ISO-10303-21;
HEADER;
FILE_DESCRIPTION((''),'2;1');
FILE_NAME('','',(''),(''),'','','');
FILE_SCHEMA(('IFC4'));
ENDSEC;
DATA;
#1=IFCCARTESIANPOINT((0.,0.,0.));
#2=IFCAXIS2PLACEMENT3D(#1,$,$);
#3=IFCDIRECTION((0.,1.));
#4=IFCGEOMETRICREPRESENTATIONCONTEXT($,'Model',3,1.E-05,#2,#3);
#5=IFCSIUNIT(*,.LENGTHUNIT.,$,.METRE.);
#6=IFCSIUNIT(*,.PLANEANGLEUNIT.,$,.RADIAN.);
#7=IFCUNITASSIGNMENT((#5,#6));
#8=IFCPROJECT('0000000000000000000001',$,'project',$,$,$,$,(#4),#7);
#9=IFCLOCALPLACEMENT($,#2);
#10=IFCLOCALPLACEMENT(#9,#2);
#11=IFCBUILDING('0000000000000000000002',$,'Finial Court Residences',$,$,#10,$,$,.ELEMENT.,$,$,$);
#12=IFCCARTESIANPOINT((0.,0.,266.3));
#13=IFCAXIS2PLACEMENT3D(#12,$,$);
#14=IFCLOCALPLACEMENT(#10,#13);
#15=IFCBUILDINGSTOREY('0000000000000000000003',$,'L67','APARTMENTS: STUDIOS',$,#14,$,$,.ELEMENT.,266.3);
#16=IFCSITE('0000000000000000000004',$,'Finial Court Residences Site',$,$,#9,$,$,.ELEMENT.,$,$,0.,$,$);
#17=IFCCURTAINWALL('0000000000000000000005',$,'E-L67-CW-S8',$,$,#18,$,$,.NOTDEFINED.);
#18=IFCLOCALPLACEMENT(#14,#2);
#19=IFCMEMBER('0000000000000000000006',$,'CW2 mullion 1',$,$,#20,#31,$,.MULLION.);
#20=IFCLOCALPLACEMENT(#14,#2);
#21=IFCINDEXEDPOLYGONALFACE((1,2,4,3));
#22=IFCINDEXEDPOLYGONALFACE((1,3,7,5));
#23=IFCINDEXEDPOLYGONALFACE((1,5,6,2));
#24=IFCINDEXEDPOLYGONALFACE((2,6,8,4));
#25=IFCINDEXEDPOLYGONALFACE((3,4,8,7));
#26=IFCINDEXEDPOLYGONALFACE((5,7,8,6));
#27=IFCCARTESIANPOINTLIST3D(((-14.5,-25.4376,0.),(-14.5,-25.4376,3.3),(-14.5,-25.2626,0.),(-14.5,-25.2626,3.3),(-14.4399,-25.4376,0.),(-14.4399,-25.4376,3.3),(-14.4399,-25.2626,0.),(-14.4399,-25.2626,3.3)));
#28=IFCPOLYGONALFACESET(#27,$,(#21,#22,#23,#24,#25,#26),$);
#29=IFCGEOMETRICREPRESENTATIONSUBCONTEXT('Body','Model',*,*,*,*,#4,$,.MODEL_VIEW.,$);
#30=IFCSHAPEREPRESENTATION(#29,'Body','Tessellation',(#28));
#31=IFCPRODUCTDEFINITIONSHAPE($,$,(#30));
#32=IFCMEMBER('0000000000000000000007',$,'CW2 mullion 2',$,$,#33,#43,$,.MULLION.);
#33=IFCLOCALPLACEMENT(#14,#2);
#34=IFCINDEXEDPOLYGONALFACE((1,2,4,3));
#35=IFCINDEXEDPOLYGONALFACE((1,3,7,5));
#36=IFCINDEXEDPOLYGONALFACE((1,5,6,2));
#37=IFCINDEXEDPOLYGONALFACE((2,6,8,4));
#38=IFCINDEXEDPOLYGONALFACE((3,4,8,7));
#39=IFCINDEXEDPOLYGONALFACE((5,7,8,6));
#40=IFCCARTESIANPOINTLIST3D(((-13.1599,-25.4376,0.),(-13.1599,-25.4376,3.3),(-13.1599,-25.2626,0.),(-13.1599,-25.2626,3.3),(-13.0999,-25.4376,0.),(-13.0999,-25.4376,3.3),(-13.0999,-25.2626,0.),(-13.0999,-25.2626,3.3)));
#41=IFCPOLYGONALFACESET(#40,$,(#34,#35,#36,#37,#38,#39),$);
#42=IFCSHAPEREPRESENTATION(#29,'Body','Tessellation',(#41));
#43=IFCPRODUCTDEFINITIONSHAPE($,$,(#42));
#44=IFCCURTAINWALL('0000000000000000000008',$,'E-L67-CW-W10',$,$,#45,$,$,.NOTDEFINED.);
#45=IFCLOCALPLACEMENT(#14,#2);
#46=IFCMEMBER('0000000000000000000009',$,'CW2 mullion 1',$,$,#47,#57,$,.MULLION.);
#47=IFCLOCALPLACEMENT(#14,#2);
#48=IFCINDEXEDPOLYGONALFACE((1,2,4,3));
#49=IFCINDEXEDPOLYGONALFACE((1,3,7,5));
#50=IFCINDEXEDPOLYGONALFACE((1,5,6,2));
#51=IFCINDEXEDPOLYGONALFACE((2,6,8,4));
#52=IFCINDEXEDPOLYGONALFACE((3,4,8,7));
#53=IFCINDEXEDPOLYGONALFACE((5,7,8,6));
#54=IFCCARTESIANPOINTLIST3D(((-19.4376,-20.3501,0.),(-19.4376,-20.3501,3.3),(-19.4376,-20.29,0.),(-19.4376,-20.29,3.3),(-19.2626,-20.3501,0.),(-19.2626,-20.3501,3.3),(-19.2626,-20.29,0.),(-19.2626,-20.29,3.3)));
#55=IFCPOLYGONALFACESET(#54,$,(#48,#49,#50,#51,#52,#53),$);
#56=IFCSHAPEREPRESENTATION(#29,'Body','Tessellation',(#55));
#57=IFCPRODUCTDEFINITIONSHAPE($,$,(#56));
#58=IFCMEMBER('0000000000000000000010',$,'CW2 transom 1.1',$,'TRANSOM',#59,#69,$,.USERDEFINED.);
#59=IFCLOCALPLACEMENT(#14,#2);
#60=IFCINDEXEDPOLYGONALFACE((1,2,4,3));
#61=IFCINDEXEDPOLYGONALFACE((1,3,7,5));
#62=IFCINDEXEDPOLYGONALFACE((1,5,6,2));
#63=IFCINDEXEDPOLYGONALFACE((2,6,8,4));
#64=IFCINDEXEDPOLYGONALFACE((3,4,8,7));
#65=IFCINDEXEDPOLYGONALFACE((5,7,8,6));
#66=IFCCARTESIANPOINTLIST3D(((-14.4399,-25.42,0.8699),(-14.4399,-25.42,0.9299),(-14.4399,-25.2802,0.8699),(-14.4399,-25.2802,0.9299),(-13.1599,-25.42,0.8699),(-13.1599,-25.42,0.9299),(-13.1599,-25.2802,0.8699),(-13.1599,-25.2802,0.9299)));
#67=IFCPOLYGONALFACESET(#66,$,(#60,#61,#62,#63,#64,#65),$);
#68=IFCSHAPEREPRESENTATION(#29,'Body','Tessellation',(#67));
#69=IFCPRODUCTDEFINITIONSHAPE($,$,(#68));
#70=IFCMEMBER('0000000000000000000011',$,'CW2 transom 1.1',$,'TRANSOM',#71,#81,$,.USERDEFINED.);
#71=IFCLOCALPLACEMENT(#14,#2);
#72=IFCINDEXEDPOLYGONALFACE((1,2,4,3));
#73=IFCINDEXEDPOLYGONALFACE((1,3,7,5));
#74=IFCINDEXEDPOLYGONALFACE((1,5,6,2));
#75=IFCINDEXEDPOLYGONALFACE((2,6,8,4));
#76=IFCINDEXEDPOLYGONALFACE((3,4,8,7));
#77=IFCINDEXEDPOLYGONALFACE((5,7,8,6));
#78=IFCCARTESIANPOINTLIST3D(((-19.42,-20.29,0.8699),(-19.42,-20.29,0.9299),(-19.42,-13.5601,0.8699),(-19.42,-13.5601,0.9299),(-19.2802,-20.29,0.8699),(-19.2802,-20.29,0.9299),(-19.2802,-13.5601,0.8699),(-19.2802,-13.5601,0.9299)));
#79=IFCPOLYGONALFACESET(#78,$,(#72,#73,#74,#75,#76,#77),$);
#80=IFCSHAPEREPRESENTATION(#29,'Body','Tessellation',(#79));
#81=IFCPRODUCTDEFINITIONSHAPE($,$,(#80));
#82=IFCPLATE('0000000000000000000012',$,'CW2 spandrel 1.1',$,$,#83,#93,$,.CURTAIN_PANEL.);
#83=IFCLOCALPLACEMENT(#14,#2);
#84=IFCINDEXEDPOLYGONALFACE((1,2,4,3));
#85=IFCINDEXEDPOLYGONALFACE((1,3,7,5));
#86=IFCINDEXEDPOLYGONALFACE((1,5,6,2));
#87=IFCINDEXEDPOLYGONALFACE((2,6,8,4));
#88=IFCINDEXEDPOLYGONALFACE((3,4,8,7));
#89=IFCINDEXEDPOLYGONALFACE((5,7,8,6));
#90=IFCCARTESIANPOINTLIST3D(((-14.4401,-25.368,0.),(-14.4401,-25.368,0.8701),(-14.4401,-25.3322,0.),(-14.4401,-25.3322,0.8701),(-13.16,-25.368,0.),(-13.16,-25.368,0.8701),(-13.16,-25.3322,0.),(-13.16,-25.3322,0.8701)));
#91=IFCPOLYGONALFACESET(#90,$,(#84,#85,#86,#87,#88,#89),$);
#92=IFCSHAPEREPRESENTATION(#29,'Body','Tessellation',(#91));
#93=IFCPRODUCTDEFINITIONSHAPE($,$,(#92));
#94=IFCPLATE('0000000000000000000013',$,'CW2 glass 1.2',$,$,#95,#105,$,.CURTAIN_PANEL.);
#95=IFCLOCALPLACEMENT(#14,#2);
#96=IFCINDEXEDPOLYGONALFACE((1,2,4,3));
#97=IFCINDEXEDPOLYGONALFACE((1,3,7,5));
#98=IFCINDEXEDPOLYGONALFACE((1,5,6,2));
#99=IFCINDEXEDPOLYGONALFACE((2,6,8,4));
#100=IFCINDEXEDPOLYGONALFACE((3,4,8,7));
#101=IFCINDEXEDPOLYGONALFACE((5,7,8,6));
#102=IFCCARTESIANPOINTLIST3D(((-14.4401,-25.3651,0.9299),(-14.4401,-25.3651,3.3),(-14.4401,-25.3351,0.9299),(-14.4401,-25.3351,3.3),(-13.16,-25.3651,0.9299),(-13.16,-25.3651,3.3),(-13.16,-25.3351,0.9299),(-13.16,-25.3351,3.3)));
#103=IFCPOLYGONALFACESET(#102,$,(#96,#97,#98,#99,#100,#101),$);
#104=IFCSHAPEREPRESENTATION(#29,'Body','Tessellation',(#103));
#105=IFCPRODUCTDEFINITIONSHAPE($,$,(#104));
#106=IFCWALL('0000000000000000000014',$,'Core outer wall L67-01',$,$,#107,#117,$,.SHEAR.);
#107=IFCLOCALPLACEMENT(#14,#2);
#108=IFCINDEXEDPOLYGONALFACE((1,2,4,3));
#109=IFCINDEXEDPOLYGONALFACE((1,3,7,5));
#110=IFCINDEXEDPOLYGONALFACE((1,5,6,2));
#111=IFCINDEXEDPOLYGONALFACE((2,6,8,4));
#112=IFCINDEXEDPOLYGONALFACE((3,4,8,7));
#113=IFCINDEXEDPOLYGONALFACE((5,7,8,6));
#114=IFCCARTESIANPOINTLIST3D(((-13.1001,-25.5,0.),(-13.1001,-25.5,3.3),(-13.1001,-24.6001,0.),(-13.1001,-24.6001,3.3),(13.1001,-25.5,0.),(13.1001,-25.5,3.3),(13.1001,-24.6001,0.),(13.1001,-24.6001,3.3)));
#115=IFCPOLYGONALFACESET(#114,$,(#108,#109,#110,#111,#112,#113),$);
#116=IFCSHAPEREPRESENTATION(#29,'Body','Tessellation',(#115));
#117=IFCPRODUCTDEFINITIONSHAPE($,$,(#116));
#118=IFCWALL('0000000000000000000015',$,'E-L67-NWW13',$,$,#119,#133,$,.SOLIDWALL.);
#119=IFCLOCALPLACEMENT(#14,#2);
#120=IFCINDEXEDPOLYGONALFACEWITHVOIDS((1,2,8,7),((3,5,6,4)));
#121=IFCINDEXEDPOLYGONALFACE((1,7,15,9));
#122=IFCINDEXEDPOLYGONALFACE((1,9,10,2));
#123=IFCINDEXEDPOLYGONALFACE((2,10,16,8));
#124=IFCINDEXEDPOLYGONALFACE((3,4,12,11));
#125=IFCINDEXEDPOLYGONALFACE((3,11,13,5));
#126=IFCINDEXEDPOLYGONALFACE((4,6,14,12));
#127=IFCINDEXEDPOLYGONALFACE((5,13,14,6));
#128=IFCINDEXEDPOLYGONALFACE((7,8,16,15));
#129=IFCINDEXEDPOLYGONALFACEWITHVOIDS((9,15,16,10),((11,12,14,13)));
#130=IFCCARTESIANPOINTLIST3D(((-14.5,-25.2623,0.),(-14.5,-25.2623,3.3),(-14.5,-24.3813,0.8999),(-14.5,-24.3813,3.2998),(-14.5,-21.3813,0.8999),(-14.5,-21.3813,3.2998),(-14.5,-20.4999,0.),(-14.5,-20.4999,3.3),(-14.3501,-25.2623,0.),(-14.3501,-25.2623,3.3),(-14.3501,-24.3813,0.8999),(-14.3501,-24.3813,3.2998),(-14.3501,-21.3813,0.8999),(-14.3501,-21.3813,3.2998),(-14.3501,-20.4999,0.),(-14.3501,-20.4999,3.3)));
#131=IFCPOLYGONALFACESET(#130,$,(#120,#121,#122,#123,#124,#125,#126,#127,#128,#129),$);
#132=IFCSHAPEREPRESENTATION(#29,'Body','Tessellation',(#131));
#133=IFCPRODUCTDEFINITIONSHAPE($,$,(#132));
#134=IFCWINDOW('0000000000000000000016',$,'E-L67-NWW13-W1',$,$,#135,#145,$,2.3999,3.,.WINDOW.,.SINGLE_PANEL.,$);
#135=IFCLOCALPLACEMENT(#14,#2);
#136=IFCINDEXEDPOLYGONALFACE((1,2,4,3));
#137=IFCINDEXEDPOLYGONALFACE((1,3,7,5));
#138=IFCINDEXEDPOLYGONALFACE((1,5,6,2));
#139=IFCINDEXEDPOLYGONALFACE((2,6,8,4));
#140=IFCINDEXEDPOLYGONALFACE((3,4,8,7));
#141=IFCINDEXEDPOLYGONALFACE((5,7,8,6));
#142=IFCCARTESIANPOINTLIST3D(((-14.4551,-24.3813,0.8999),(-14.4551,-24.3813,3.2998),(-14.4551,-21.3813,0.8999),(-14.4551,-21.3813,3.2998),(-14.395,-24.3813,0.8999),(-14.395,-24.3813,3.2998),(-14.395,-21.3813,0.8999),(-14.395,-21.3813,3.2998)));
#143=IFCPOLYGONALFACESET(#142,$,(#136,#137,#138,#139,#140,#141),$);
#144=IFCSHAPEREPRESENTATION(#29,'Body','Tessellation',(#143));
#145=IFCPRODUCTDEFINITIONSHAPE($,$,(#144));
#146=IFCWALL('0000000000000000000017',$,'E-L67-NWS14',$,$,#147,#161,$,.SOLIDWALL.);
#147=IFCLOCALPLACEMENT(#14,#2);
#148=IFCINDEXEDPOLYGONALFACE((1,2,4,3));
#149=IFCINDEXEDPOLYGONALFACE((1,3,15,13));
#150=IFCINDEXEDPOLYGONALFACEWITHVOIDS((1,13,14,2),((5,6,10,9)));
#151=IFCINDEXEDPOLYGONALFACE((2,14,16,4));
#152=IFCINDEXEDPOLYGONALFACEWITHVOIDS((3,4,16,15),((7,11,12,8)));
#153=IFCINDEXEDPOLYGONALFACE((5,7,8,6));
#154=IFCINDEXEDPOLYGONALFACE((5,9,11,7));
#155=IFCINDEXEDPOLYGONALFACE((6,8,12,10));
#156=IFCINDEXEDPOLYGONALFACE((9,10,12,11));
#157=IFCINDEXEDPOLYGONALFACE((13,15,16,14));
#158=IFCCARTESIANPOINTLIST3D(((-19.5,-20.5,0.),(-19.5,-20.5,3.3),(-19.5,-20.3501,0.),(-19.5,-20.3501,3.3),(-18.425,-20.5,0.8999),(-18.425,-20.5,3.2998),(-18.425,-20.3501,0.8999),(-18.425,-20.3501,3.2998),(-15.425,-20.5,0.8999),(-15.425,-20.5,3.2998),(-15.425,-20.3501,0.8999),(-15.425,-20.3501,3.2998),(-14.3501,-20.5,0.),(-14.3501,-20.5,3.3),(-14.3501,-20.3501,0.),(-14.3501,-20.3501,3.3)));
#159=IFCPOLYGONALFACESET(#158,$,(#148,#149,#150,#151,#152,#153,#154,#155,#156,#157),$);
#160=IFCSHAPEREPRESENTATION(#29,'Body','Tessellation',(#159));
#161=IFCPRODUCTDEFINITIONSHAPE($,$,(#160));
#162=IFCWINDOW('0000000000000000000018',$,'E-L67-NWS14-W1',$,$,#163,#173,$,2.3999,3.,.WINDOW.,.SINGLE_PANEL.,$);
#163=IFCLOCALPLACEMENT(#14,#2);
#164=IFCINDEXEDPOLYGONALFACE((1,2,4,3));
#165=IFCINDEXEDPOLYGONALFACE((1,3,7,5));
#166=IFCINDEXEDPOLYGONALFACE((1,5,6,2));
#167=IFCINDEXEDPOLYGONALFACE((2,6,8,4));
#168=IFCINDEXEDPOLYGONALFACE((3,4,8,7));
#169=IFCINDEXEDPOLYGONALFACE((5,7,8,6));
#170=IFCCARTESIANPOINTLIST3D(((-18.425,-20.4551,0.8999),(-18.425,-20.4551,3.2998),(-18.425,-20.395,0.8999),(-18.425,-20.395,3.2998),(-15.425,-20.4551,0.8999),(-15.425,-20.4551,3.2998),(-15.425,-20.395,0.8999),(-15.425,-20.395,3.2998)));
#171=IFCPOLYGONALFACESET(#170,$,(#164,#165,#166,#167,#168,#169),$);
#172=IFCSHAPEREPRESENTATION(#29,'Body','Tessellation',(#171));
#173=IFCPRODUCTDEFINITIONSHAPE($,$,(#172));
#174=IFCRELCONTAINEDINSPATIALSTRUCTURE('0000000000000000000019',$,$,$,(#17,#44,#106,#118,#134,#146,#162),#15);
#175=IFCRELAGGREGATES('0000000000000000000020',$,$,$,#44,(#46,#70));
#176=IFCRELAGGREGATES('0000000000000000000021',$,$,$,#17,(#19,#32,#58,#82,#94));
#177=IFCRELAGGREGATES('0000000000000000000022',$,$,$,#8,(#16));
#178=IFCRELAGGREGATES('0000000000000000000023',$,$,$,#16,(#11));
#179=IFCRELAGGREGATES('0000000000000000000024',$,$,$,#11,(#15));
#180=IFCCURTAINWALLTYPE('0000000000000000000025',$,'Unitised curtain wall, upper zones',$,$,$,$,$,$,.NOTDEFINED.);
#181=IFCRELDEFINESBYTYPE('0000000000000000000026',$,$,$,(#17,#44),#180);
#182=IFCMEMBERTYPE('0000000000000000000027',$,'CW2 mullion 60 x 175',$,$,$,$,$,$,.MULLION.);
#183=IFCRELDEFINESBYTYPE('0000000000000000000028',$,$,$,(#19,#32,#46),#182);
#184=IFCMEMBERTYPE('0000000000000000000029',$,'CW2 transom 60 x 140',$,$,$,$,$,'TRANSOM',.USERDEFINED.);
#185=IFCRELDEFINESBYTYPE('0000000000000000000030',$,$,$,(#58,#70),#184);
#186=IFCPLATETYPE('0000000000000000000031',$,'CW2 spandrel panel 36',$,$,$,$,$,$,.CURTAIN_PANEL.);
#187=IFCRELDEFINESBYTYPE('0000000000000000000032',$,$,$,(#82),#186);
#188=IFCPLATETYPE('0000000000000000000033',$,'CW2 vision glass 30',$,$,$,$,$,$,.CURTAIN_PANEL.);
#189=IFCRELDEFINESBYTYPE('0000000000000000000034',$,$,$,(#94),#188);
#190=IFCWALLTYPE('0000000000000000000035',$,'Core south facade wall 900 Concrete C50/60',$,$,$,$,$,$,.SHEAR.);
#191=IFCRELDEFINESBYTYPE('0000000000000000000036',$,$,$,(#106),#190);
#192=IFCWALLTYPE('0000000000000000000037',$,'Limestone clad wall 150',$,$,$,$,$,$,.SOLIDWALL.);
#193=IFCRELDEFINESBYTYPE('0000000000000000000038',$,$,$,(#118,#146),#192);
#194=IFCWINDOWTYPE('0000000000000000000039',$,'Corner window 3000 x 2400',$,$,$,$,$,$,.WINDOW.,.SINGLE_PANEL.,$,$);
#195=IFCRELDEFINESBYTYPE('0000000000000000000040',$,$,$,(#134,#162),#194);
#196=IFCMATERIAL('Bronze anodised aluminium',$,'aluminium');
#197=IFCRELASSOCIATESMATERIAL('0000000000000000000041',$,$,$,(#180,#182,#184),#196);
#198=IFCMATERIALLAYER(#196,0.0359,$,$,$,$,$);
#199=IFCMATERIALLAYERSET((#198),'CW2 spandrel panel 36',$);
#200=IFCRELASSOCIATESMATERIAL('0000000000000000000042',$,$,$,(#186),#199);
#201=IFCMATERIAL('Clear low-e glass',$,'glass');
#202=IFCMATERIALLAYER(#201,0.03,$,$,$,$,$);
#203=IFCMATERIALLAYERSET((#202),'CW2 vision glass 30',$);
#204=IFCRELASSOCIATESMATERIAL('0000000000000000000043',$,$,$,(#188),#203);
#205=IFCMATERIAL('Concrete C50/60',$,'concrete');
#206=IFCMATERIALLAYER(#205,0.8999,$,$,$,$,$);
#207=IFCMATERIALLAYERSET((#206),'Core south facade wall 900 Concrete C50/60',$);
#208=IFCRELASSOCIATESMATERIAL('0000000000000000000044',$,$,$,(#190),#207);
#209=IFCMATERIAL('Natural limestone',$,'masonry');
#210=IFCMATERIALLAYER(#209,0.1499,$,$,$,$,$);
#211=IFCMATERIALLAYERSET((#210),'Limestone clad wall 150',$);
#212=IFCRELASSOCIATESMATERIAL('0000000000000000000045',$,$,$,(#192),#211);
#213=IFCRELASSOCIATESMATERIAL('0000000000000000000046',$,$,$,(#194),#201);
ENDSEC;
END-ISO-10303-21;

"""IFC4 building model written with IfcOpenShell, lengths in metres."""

from ifc_helpers import new_model, si_unit, direction, frame, frame_2d, origin, origin_2d, place, context, subcontext, project, spatial, rectangle, extrude, material, layer, layer_set, material_profile, profile_set, type_object, element, fill, aggregate, save


model = new_model("IFC4")

# Units and contexts
model_context = context("Model", 3, precision=1e-05, world=origin(), true_north=direction((0.0, 1.0)))
body_context = subcontext(model_context, "Body", "Model", "MODEL_VIEW")
ifc_project = project(units=[si_unit("LENGTHUNIT", "METRE"), si_unit("PLANEANGLEUNIT", "RADIAN")], contexts=[model_context])

# Site, building, storey
site_placement = place(None, origin())
site = spatial("IfcSite", under=ifc_project, at=site_placement, Name="Finial Court Residences Site", CompositionType="ELEMENT", RefElevation=0.0)
building_placement = place(site_placement, origin())
building = spatial("IfcBuilding", under=site, at=building_placement, Name="Finial Court Residences", CompositionType="ELEMENT")
storey_placement = place(building_placement, frame((0.0, 0.0, 266.3)))
storey = spatial("IfcBuildingStorey", under=building, at=storey_placement, Name="L67", Description="APARTMENTS: STUDIOS", CompositionType="ELEMENT", Elevation=266.3)

# Curtain wall, members
ifc_material_1 = material(Name="Bronze anodised aluminium", Category="aluminium")
curtain_wall_type = type_object("IfcCurtainWallType", Name="Unitised curtain wall, upper zones", PredefinedType="NOTDEFINED", material=ifc_material_1)
curtain_wall_1_placement = place(storey_placement, origin())
curtain_wall_1 = element("IfcCurtainWall", 1, at=curtain_wall_1_placement, inside=storey, type_object=curtain_wall_type, Name="E-L67-CW-S8", PredefinedType="NOTDEFINED")
ifc_material_profile_1 = material_profile(ifc_material_1, rectangle(XDim=0.175, YDim=0.0601, at=origin_2d()), Name="CW2 mullion 60 x 175")
ifc_profile_set_1 = profile_set([ifc_material_profile_1], Name="Bronze anodised aluminium")
member_type_1 = type_object("IfcMemberType", Name="CW2 mullion 60 x 175", PredefinedType="MULLION", material=ifc_profile_set_1)
member_1_placement = place(storey_placement, frame((-14.47, -25.3501, 0.0), z_axis=(0.0, 0.0, 1.0), x_axis=(0.0, 1.0, 0.0)))
member_1 = element("IfcMember", 2, at=member_1_placement, type_object=member_type_1, Name="CW2 mullion 1", PredefinedType="MULLION", context=body_context, shape_type="SweptSolid", body=[
    extrude(rectangle(XDim=0.175, YDim=0.0601, at=origin_2d()), origin(), (0.0, 0.0, 1.0), 3.3),
])
member_2_placement = place(storey_placement, frame((-13.1299, -25.3501, 0.0), z_axis=(0.0, 0.0, 1.0), x_axis=(0.0, 1.0, 0.0)))
member_2 = element("IfcMember", 3, at=member_2_placement, type_object=member_type_1, Name="CW2 mullion 2", PredefinedType="MULLION", context=body_context, shape_type="SweptSolid", body=[
    extrude(rectangle(XDim=0.175, YDim=0.0601, at=origin_2d()), origin(), (0.0, 0.0, 1.0), 3.3),
])

# Curtain wall, member
curtain_wall_2_placement = place(storey_placement, origin())
curtain_wall_2 = element("IfcCurtainWall", 4, at=curtain_wall_2_placement, inside=storey, type_object=curtain_wall_type, Name="E-L67-CW-W10", PredefinedType="NOTDEFINED")
member_3_placement = place(storey_placement, frame((-19.3501, -20.3201, 0.0), z_axis=(0.0, 0.0, 1.0), x_axis=(-1.0, 0.0, 0.0)))
member_3 = element("IfcMember", 5, at=member_3_placement, type_object=member_type_1, Name="CW2 mullion 1", PredefinedType="MULLION", context=body_context, shape_type="SweptSolid", body=[
    extrude(rectangle(XDim=0.175, YDim=0.0601, at=origin_2d()), origin(), (0.0, 0.0, 1.0), 3.3),
])

# Members
ifc_material_profile_2 = material_profile(ifc_material_1, rectangle(XDim=0.1399, YDim=0.0601, at=origin_2d()), Name="CW2 transom 60 x 140")
ifc_profile_set_2 = profile_set([ifc_material_profile_2], Name="Bronze anodised aluminium")
member_type_2 = type_object("IfcMemberType", Name="CW2 transom 60 x 140", ElementType="TRANSOM", PredefinedType="USERDEFINED", material=ifc_profile_set_2)
member_4_placement = place(storey_placement, frame((-14.4399, -25.3501, 0.8999), z_axis=(1.0, 0.0, 0.0), x_axis=(0.0, 1.0, 0.0)))
member_4 = element("IfcMember", 6, at=member_4_placement, type_object=member_type_2, Name="CW2 transom 1.1", ObjectType="TRANSOM", PredefinedType="USERDEFINED", context=body_context, shape_type="SweptSolid", body=[
    extrude(rectangle(XDim=0.1399, YDim=0.0601, at=origin_2d()), origin(), (0.0, 0.0, 1.0), 1.28),
])
member_5_placement = place(storey_placement, frame((-19.3501, -20.29, 0.8999), z_axis=(0.0, 1.0, 0.0), x_axis=(-1.0, 0.0, 0.0)))
member_5 = element("IfcMember", 7, at=member_5_placement, type_object=member_type_2, Name="CW2 transom 1.1", ObjectType="TRANSOM", PredefinedType="USERDEFINED", context=body_context, shape_type="SweptSolid", body=[
    extrude(rectangle(XDim=0.1399, YDim=0.0601, at=origin_2d()), origin(), (0.0, 0.0, 1.0), 6.73),
])
aggregate(curtain_wall_2, [member_3, member_5])

# Plates
ifc_layer_1 = layer(ifc_material_1, 0.0359)
ifc_layer_set_1 = layer_set([ifc_layer_1], Name="CW2 spandrel panel 36")
plate_type_1 = type_object("IfcPlateType", Name="CW2 spandrel panel 36", PredefinedType="CURTAIN_PANEL", material=ifc_layer_set_1)
plate_1_placement = place(storey_placement, frame((-13.8, -25.3501, 0.0), z_axis=(0.0, 0.0, 1.0), x_axis=(1.0, 0.0, 0.0)))
plate_1 = element("IfcPlate", 8, at=plate_1_placement, type_object=plate_type_1, Name="CW2 spandrel 1.1", PredefinedType="CURTAIN_PANEL", context=body_context, shape_type="SweptSolid", body=[
    extrude(rectangle(XDim=1.28, YDim=0.0359, at=origin_2d()), origin(), (0.0, 0.0, 1.0), 0.8701),
])
ifc_material_2 = material(Name="Clear low-e glass", Category="glass")
ifc_layer_2 = layer(ifc_material_2, 0.03)
ifc_layer_set_2 = layer_set([ifc_layer_2], Name="CW2 vision glass 30")
plate_type_2 = type_object("IfcPlateType", Name="CW2 vision glass 30", PredefinedType="CURTAIN_PANEL", material=ifc_layer_set_2)
plate_2_placement = place(storey_placement, frame((-13.8, -25.3501, 0.9299), z_axis=(0.0, 0.0, 1.0), x_axis=(1.0, 0.0, 0.0)))
plate_2 = element("IfcPlate", 9, at=plate_2_placement, type_object=plate_type_2, Name="CW2 glass 1.2", PredefinedType="CURTAIN_PANEL", context=body_context, shape_type="SweptSolid", body=[
    extrude(rectangle(XDim=1.28, YDim=0.03, at=origin_2d()), origin(), (0.0, 0.0, 1.0), 2.3701),
])
aggregate(curtain_wall_1, [member_1, member_2, member_4, plate_1, plate_2])

# Wall
ifc_material_3 = material(Name="Concrete C50/60", Category="concrete")
ifc_layer_3 = layer(ifc_material_3, 0.8999)
ifc_layer_set_3 = layer_set([ifc_layer_3], Name="Core south facade wall 900 Concrete C50/60")
wall_type_1 = type_object("IfcWallType", Name="Core south facade wall 900 Concrete C50/60", PredefinedType="SHEAR", material=ifc_layer_set_3)
wall_1_placement = place(storey_placement, frame((-13.1001, -25.05, 0.0), z_axis=(0.0, 0.0, 1.0), x_axis=(1.0, 0.0, 0.0)))
element("IfcWall", 10, at=wall_1_placement, inside=storey, type_object=wall_type_1, Name="Core outer wall L67-01", PredefinedType="SHEAR", context=body_context, shape_type="SweptSolid", body=[
    extrude(rectangle(XDim=26.2002, YDim=0.8999, at=frame_2d((13.1001, 0.0))), origin(), (0.0, 0.0, 1.0), 3.3),
])

# Walls, openings, windows
ifc_material_4 = material(Name="Natural limestone", Category="masonry")
ifc_layer_4 = layer(ifc_material_4, 0.1499)
ifc_layer_set_4 = layer_set([ifc_layer_4], Name="Limestone clad wall 150")
wall_type_2 = type_object("IfcWallType", Name="Limestone clad wall 150", PredefinedType="SOLIDWALL", material=ifc_layer_set_4)
wall_2_placement = place(storey_placement, frame((-14.425, -25.2625, 0.0), z_axis=(0.0, 0.0, 1.0), x_axis=(0.0, 1.0, 0.0)))
wall_2 = element("IfcWall", 11, at=wall_2_placement, inside=storey, type_object=wall_type_2, Name="E-L67-NWW13", PredefinedType="SOLIDWALL", context=body_context, shape_type="SweptSolid", body=[
    extrude(rectangle(XDim=4.7625, YDim=0.1499, at=frame_2d((2.3813, 0.0))), origin(), (0.0, 0.0, 1.0), 3.3),
])
opening_1_placement = place(wall_2_placement, frame((0.8811, 0.0, 0.8999)))
opening_1 = element("IfcOpeningElement", 12, at=opening_1_placement, cuts=wall_2, PredefinedType="OPENING", context=body_context, shape_type="SweptSolid", body=[
    extrude(rectangle(XDim=3.0, YDim=2.3999, at=frame_2d((1.5, 1.2))), frame((0.0, 0.085, 0.0), z_axis=(0.0, -1.0, 0.0), x_axis=(1.0, 0.0, 0.0)), (0.0, 0.0, 1.0), 0.1699),
])
window_type = type_object("IfcWindowType", Name="Corner window 3000 x 2400", PartitioningType="SINGLE_PANEL", PredefinedType="WINDOW", material=ifc_material_2)
window_1_placement = place(opening_1_placement, origin())
window_1 = element("IfcWindow", 13, at=window_1_placement, inside=storey, type_object=window_type, Name="E-L67-NWW13-W1", OverallHeight=2.3999, OverallWidth=3.0, PartitioningType="SINGLE_PANEL", PredefinedType="WINDOW", context=body_context, shape_type="SweptSolid", body=[
    extrude(rectangle(XDim=3.0, YDim=2.3999, at=frame_2d((1.5, 1.2))), frame((0.0, 0.03, 0.0), z_axis=(0.0, -1.0, 0.0), x_axis=(1.0, 0.0, 0.0)), (0.0, 0.0, 1.0), 0.0601),
])
fill(opening_1, window_1)
wall_3_placement = place(storey_placement, frame((-14.3501, -20.425, 0.0), z_axis=(0.0, 0.0, 1.0), x_axis=(-1.0, 0.0, 0.0)))
wall_3 = element("IfcWall", 14, at=wall_3_placement, inside=storey, type_object=wall_type_2, Name="E-L67-NWS14", PredefinedType="SOLIDWALL", context=body_context, shape_type="SweptSolid", body=[
    extrude(rectangle(XDim=5.1499, YDim=0.1499, at=frame_2d((2.575, 0.0))), origin(), (0.0, 0.0, 1.0), 3.3),
])
opening_2_placement = place(wall_3_placement, frame((1.075, 0.0, 0.8999)))
opening_2 = element("IfcOpeningElement", 15, at=opening_2_placement, cuts=wall_3, PredefinedType="OPENING", context=body_context, shape_type="SweptSolid", body=[
    extrude(rectangle(XDim=3.0, YDim=2.3999, at=frame_2d((1.5, 1.2))), frame((0.0, 0.085, 0.0), z_axis=(0.0, -1.0, 0.0), x_axis=(1.0, 0.0, 0.0)), (0.0, 0.0, 1.0), 0.1699),
])
window_2_placement = place(opening_2_placement, origin())
window_2 = element("IfcWindow", 16, at=window_2_placement, inside=storey, type_object=window_type, Name="E-L67-NWS14-W1", OverallHeight=2.3999, OverallWidth=3.0, PartitioningType="SINGLE_PANEL", PredefinedType="WINDOW", context=body_context, shape_type="SweptSolid", body=[
    extrude(rectangle(XDim=3.0, YDim=2.3999, at=frame_2d((1.5, 1.2))), frame((0.0, 0.03, 0.0), z_axis=(0.0, -1.0, 0.0), x_axis=(1.0, 0.0, 0.0)), (0.0, 0.0, 1.0), 0.0601),
])
fill(opening_2, window_2)

save(model, "model.ifc")
